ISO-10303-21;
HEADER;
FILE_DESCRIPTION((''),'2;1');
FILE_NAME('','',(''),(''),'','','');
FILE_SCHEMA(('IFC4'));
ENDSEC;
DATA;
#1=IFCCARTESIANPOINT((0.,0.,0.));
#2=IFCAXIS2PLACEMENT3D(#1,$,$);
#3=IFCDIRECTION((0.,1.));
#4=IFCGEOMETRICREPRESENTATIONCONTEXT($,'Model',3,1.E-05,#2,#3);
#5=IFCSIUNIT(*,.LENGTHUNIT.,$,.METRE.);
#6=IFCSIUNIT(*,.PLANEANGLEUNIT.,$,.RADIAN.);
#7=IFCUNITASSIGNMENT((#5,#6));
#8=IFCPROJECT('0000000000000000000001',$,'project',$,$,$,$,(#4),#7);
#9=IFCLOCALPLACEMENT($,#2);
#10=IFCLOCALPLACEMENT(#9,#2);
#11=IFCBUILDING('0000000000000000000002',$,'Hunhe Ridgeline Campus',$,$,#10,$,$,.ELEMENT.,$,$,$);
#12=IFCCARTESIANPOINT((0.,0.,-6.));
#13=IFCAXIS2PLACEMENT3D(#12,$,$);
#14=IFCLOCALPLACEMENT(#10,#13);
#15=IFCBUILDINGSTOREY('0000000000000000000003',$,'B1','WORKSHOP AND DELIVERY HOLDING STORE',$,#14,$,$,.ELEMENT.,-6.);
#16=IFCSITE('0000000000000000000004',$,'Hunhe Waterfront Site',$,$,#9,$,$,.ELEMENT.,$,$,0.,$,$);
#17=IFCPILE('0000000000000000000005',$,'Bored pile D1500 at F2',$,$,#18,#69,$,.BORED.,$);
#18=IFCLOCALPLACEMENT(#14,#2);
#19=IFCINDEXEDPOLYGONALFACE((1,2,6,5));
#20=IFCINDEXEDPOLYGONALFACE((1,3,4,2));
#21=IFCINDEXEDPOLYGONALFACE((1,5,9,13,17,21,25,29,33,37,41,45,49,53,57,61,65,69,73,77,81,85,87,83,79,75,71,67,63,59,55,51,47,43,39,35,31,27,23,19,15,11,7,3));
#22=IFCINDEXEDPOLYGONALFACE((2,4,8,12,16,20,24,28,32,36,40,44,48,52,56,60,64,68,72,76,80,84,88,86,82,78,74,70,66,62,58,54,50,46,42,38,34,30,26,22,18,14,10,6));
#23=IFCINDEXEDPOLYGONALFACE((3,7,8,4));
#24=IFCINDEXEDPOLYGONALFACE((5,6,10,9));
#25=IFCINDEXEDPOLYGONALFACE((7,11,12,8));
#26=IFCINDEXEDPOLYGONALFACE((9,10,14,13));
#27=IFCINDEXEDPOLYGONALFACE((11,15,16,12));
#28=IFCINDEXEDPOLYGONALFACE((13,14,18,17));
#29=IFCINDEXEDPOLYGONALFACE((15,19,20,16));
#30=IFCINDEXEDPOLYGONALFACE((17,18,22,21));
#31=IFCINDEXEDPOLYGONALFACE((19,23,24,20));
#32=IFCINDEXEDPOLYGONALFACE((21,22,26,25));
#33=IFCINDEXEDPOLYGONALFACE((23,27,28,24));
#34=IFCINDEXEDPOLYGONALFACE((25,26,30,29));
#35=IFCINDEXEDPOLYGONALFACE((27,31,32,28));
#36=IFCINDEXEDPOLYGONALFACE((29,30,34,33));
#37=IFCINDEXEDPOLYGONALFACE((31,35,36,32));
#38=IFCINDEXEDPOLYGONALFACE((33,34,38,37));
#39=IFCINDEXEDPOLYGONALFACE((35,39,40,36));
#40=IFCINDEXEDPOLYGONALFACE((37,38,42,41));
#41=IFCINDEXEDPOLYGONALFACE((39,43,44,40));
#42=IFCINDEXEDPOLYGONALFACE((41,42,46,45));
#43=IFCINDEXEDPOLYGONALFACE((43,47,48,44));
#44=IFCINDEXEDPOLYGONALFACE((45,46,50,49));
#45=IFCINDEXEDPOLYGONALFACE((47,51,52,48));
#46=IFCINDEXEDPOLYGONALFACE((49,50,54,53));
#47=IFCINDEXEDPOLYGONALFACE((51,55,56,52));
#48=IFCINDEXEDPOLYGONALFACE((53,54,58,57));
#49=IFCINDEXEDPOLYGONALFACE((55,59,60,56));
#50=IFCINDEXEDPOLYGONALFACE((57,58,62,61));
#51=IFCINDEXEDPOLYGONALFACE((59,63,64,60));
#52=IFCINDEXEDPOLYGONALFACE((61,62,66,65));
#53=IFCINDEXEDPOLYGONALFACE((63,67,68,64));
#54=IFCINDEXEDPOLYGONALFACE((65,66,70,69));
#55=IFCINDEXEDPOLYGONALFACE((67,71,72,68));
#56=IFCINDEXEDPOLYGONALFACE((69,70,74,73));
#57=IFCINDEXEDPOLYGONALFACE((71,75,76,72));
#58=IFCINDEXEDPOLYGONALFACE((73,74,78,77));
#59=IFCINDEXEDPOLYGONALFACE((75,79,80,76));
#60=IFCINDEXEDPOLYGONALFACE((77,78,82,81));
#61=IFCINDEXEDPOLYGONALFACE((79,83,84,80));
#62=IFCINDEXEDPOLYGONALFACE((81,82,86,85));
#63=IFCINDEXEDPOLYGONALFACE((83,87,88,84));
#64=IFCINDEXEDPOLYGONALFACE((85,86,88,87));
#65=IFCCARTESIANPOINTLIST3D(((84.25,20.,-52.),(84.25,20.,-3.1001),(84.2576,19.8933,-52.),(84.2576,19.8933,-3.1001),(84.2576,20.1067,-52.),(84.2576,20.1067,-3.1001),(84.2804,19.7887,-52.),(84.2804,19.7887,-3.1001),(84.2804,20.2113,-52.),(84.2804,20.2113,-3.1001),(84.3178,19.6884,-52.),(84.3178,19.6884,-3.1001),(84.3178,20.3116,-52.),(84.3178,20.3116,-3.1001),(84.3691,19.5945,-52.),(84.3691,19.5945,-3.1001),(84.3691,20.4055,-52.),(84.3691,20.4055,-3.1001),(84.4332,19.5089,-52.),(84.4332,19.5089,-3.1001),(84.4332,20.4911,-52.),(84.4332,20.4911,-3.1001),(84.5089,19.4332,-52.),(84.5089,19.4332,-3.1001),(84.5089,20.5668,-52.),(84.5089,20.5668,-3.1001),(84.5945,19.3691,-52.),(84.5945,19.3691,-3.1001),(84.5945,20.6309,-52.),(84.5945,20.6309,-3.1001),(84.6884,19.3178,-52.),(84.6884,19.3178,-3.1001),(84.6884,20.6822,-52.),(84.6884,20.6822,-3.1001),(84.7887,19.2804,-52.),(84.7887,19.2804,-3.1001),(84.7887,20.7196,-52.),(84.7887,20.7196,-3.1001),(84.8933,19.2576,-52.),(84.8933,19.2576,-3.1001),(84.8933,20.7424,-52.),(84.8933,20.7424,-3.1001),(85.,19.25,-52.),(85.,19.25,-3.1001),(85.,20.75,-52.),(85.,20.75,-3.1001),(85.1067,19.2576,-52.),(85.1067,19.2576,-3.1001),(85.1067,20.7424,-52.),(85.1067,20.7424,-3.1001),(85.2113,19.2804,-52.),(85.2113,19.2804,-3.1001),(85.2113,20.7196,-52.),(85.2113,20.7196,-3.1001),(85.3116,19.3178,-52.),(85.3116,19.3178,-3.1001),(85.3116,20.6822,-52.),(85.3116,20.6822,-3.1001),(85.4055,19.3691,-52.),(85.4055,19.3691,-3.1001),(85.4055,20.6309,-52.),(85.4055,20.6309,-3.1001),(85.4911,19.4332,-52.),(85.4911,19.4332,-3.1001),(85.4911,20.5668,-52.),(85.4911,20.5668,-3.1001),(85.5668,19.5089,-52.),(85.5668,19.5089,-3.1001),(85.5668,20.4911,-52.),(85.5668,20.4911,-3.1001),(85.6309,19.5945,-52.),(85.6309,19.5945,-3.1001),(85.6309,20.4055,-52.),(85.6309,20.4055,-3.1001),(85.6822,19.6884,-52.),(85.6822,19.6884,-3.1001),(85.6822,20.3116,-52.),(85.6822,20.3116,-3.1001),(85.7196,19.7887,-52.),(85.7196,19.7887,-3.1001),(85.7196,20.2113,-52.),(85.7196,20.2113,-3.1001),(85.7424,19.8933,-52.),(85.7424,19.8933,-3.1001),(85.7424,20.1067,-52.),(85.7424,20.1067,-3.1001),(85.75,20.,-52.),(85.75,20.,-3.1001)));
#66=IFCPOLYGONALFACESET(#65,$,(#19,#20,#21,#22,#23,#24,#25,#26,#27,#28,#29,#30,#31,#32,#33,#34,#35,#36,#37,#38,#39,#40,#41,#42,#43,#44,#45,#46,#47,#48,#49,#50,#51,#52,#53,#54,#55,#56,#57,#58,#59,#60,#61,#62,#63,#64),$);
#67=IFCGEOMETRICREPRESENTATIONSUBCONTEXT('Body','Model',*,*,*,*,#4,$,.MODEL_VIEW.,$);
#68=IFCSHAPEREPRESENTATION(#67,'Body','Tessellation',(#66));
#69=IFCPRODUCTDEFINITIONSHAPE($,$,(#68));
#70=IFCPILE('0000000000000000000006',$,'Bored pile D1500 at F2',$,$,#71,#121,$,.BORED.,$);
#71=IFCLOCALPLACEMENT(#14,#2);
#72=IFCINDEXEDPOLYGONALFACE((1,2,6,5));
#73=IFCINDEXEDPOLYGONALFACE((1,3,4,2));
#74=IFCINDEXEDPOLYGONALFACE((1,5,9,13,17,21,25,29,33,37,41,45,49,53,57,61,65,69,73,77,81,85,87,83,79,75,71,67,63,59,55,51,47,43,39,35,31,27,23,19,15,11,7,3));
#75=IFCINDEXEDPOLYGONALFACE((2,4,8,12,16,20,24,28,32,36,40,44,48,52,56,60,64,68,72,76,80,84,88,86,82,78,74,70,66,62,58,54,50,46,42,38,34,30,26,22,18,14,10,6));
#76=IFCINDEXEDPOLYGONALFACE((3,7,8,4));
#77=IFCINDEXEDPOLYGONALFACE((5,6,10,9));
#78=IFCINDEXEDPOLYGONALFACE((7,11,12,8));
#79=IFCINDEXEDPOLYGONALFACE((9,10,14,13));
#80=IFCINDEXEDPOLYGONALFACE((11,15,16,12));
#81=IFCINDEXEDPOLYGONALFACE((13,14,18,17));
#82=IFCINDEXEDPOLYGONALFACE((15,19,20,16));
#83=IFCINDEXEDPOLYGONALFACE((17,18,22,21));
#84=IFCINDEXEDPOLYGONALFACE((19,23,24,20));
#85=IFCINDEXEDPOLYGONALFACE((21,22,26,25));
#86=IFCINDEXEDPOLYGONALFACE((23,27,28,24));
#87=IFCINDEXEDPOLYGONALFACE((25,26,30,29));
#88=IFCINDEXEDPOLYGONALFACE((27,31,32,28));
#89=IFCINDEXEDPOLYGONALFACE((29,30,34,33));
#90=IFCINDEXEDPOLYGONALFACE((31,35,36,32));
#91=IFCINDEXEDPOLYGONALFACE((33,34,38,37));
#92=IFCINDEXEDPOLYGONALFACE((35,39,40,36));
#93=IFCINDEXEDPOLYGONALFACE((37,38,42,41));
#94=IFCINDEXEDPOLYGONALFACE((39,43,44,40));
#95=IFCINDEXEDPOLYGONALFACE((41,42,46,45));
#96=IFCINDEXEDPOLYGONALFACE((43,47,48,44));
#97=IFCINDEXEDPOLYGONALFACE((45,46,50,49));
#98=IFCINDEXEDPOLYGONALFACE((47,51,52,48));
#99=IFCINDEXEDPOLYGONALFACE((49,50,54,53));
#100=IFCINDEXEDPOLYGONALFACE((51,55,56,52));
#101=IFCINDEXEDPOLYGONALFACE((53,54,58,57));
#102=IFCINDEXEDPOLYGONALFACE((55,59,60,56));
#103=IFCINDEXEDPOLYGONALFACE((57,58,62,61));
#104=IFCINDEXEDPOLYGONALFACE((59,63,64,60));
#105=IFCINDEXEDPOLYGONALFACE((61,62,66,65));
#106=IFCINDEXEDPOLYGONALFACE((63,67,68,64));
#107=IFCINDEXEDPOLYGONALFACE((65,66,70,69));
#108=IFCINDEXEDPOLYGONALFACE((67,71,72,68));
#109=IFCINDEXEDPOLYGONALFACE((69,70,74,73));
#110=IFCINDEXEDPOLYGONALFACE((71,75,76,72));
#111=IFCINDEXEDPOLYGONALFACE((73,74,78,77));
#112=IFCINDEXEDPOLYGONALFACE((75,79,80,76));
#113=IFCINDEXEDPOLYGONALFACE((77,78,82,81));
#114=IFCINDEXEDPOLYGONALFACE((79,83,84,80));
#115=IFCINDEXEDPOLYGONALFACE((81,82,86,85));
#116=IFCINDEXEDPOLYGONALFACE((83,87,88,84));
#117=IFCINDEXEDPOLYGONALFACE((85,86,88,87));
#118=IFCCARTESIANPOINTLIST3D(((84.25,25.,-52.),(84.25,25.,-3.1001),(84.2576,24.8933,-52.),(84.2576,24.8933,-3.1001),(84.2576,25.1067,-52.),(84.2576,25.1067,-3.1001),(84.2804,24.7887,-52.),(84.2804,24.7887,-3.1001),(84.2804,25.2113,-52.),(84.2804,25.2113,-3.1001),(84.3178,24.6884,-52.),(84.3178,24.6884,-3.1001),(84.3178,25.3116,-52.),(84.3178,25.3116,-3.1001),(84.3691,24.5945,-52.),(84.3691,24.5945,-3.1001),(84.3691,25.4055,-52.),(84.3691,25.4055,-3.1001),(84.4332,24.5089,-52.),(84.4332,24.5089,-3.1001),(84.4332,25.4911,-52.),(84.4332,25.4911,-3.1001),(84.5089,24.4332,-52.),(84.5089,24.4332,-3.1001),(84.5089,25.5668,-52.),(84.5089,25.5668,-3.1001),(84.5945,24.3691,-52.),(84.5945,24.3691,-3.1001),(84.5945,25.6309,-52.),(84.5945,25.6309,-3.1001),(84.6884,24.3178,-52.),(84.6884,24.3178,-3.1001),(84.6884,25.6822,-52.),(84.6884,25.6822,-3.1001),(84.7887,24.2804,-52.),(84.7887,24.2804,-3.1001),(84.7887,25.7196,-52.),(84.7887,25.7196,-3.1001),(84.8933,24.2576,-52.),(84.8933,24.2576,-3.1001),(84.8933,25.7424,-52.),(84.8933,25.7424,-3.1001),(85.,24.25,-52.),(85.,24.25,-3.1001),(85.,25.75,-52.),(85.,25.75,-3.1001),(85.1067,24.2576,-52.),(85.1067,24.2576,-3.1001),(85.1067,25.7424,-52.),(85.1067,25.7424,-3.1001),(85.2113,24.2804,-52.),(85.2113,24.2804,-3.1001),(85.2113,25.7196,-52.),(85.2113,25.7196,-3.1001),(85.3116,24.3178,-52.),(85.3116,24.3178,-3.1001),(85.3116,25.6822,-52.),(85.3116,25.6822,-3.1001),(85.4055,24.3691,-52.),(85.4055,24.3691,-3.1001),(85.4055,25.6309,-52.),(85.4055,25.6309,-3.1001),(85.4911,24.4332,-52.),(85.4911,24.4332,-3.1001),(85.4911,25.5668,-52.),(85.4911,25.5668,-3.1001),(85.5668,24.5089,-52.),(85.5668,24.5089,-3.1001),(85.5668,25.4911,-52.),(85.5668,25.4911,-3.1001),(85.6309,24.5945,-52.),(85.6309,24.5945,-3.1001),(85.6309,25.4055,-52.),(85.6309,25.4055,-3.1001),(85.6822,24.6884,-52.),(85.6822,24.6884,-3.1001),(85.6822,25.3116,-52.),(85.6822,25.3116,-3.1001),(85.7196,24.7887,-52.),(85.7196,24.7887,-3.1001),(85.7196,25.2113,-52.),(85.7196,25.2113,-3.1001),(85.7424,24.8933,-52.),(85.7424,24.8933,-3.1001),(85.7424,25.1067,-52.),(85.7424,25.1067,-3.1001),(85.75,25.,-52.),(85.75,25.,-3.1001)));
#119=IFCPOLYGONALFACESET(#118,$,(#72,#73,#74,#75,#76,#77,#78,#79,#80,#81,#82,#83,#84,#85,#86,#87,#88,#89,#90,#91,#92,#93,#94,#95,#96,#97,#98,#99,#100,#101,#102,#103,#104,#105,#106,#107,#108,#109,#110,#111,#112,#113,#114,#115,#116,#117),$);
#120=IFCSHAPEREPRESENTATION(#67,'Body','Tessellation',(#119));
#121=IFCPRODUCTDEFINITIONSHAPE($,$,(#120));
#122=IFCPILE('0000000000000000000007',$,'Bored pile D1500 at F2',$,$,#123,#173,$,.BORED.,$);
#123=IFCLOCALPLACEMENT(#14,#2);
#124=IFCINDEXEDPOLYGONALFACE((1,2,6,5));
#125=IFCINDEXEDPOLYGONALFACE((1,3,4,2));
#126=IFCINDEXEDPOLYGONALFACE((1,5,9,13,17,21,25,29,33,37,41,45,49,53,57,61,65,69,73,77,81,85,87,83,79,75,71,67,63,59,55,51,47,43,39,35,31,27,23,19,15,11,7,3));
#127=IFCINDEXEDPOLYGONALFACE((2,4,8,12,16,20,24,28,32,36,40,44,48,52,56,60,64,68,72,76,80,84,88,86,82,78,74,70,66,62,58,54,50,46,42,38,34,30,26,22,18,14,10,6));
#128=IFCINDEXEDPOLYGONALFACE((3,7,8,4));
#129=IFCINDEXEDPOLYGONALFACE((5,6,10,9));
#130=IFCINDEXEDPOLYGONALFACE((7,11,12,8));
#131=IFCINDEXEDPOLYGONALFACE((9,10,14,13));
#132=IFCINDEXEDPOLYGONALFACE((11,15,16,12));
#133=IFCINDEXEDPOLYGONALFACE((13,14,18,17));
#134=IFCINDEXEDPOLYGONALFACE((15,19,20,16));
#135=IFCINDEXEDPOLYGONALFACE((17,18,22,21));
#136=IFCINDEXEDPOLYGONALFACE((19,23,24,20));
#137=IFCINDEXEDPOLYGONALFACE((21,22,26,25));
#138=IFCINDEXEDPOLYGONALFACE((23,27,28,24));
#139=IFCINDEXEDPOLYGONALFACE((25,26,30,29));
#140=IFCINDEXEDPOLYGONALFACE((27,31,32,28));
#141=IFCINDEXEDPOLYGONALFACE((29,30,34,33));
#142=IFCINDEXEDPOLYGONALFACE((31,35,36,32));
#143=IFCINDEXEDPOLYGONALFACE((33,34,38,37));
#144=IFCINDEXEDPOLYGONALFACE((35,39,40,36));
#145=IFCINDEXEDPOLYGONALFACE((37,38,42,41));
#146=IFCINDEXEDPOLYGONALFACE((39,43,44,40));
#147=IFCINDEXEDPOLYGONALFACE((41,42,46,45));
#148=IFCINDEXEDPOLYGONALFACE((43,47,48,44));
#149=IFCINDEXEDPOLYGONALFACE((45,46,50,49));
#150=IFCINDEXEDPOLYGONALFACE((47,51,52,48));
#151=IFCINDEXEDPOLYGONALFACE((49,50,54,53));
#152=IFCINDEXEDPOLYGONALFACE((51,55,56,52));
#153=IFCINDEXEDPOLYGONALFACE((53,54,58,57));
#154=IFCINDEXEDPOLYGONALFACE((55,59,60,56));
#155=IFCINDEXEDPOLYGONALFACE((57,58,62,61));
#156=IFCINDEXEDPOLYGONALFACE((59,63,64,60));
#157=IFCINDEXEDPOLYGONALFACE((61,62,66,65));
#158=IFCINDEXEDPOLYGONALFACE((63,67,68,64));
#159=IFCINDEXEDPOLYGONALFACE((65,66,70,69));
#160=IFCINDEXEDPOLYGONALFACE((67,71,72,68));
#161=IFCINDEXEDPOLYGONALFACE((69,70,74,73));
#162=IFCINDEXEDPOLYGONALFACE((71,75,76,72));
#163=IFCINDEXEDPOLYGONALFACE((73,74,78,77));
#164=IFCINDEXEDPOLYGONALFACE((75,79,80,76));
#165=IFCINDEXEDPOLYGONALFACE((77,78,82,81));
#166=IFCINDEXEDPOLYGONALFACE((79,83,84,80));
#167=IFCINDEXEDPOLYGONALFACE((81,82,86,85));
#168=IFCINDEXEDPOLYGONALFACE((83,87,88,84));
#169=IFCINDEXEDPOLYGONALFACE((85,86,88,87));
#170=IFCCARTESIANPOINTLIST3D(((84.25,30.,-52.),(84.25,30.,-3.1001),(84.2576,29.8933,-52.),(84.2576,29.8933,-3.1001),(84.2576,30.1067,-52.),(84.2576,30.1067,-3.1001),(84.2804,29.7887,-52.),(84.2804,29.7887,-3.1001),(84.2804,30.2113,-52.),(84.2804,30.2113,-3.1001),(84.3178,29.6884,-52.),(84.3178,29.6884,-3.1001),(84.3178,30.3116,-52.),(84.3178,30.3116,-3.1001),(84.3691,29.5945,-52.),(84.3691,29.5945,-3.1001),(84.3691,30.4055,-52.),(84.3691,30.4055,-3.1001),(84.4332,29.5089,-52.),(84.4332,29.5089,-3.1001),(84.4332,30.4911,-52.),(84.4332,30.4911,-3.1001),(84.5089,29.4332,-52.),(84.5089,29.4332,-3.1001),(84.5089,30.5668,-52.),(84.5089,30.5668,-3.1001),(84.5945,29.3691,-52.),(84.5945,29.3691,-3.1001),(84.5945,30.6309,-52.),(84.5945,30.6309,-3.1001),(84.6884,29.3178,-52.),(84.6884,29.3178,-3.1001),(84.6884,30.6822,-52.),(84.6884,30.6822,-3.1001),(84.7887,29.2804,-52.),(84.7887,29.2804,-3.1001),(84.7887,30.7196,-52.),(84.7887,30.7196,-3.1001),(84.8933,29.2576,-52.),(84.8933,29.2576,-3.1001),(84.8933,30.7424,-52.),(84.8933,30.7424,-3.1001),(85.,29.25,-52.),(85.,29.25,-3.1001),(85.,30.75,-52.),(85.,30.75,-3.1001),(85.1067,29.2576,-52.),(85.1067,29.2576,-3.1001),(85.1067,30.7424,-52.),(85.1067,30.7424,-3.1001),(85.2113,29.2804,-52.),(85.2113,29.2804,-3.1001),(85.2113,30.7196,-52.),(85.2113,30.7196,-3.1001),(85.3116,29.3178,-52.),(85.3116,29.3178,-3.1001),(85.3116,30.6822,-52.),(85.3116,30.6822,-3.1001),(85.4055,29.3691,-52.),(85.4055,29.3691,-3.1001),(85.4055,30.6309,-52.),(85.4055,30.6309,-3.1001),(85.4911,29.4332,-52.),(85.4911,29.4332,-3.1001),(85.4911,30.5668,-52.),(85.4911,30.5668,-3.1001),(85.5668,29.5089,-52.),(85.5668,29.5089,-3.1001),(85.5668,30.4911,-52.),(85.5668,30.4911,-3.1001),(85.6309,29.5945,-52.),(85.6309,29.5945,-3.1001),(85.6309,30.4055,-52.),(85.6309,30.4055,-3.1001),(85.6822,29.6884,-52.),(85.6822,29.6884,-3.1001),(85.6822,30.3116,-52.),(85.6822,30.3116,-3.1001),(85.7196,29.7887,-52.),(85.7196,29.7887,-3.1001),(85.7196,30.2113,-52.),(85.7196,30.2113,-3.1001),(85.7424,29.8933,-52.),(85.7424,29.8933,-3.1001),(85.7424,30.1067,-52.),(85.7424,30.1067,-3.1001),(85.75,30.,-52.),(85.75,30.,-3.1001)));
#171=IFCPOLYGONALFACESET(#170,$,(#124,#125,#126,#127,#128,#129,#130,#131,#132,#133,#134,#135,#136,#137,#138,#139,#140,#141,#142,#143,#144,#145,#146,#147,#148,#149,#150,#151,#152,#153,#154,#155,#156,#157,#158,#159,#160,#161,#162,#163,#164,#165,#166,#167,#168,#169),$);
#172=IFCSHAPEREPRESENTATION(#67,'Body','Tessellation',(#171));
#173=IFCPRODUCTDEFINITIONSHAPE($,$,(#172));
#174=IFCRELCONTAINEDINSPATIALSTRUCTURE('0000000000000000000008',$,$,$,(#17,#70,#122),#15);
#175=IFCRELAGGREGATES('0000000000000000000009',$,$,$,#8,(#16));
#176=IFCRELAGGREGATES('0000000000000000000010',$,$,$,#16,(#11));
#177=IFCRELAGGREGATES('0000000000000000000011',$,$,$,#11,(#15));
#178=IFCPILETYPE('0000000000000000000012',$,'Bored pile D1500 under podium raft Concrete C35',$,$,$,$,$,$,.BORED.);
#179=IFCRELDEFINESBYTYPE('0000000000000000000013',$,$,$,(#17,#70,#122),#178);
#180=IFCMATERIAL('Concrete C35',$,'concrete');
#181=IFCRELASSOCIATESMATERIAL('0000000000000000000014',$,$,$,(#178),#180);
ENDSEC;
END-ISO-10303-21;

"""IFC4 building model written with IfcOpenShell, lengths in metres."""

from ifc_helpers import new_model, si_unit, direction, frame, origin, origin_2d, place, context, subcontext, project, spatial, circle, extrude, material, material_profile, profile_set, type_object, element, save


model = new_model("IFC4")

# Units and contexts
model_context = context("Model", 3, precision=1e-05, world=origin(), true_north=direction((0.0, 1.0)))
body_context = subcontext(model_context, "Body", "Model", "MODEL_VIEW")
ifc_project = project(units=[si_unit("LENGTHUNIT", "METRE"), si_unit("PLANEANGLEUNIT", "RADIAN")], contexts=[model_context])

# Site, building, storey
site_placement = place(None, origin())
site = spatial("IfcSite", under=ifc_project, at=site_placement, Name="Hunhe Waterfront Site", CompositionType="ELEMENT", RefElevation=0.0)
building_placement = place(site_placement, origin())
building = spatial("IfcBuilding", under=site, at=building_placement, Name="Hunhe Ridgeline Campus", CompositionType="ELEMENT")
storey_placement = place(building_placement, frame((0.0, 0.0, -6.0)))
storey = spatial("IfcBuildingStorey", under=building, at=storey_placement, Name="B1", Description="WORKSHOP AND DELIVERY HOLDING STORE", CompositionType="ELEMENT", Elevation=-6.0)

# Piles
ifc_material_1 = material(Name="Concrete C35", Category="concrete")
ifc_material_profile_1 = material_profile(ifc_material_1, circle(Radius=0.75, at=origin_2d()))
ifc_profile_set_1 = profile_set([ifc_material_profile_1], Name="Concrete C35")
pile_type = type_object("IfcPileType", Name="Bored pile D1500 under podium raft Concrete C35", PredefinedType="BORED", material=ifc_profile_set_1)
for number, where, z_axis, x_axis, name in (
    (1, (85.0, 20.0, -3.1001), (0.0, 0.0, -1.0), (1.0, 0.0, 0.0), "Bored pile D1500 at F2"),
    (2, (85.0, 25.0, -3.1001), (0.0, 0.0, -1.0), (1.0, 0.0, 0.0), "Bored pile D1500 at F2"),
    (3, (85.0, 30.0, -3.1001), (0.0, 0.0, -1.0), (1.0, 0.0, 0.0), "Bored pile D1500 at F2"),
):
    element("IfcPile", number, at=place(storey_placement, frame(where, z_axis=z_axis, x_axis=x_axis)), inside=storey, type_object=pile_type, Name=name, PredefinedType="BORED", context=body_context, shape_type="SweptSolid", body=[
        extrude(circle(Radius=0.75, at=origin_2d()), origin(), (0.0, 0.0, 1.0), 48.8999),
    ])

save(model, "model.ifc")
